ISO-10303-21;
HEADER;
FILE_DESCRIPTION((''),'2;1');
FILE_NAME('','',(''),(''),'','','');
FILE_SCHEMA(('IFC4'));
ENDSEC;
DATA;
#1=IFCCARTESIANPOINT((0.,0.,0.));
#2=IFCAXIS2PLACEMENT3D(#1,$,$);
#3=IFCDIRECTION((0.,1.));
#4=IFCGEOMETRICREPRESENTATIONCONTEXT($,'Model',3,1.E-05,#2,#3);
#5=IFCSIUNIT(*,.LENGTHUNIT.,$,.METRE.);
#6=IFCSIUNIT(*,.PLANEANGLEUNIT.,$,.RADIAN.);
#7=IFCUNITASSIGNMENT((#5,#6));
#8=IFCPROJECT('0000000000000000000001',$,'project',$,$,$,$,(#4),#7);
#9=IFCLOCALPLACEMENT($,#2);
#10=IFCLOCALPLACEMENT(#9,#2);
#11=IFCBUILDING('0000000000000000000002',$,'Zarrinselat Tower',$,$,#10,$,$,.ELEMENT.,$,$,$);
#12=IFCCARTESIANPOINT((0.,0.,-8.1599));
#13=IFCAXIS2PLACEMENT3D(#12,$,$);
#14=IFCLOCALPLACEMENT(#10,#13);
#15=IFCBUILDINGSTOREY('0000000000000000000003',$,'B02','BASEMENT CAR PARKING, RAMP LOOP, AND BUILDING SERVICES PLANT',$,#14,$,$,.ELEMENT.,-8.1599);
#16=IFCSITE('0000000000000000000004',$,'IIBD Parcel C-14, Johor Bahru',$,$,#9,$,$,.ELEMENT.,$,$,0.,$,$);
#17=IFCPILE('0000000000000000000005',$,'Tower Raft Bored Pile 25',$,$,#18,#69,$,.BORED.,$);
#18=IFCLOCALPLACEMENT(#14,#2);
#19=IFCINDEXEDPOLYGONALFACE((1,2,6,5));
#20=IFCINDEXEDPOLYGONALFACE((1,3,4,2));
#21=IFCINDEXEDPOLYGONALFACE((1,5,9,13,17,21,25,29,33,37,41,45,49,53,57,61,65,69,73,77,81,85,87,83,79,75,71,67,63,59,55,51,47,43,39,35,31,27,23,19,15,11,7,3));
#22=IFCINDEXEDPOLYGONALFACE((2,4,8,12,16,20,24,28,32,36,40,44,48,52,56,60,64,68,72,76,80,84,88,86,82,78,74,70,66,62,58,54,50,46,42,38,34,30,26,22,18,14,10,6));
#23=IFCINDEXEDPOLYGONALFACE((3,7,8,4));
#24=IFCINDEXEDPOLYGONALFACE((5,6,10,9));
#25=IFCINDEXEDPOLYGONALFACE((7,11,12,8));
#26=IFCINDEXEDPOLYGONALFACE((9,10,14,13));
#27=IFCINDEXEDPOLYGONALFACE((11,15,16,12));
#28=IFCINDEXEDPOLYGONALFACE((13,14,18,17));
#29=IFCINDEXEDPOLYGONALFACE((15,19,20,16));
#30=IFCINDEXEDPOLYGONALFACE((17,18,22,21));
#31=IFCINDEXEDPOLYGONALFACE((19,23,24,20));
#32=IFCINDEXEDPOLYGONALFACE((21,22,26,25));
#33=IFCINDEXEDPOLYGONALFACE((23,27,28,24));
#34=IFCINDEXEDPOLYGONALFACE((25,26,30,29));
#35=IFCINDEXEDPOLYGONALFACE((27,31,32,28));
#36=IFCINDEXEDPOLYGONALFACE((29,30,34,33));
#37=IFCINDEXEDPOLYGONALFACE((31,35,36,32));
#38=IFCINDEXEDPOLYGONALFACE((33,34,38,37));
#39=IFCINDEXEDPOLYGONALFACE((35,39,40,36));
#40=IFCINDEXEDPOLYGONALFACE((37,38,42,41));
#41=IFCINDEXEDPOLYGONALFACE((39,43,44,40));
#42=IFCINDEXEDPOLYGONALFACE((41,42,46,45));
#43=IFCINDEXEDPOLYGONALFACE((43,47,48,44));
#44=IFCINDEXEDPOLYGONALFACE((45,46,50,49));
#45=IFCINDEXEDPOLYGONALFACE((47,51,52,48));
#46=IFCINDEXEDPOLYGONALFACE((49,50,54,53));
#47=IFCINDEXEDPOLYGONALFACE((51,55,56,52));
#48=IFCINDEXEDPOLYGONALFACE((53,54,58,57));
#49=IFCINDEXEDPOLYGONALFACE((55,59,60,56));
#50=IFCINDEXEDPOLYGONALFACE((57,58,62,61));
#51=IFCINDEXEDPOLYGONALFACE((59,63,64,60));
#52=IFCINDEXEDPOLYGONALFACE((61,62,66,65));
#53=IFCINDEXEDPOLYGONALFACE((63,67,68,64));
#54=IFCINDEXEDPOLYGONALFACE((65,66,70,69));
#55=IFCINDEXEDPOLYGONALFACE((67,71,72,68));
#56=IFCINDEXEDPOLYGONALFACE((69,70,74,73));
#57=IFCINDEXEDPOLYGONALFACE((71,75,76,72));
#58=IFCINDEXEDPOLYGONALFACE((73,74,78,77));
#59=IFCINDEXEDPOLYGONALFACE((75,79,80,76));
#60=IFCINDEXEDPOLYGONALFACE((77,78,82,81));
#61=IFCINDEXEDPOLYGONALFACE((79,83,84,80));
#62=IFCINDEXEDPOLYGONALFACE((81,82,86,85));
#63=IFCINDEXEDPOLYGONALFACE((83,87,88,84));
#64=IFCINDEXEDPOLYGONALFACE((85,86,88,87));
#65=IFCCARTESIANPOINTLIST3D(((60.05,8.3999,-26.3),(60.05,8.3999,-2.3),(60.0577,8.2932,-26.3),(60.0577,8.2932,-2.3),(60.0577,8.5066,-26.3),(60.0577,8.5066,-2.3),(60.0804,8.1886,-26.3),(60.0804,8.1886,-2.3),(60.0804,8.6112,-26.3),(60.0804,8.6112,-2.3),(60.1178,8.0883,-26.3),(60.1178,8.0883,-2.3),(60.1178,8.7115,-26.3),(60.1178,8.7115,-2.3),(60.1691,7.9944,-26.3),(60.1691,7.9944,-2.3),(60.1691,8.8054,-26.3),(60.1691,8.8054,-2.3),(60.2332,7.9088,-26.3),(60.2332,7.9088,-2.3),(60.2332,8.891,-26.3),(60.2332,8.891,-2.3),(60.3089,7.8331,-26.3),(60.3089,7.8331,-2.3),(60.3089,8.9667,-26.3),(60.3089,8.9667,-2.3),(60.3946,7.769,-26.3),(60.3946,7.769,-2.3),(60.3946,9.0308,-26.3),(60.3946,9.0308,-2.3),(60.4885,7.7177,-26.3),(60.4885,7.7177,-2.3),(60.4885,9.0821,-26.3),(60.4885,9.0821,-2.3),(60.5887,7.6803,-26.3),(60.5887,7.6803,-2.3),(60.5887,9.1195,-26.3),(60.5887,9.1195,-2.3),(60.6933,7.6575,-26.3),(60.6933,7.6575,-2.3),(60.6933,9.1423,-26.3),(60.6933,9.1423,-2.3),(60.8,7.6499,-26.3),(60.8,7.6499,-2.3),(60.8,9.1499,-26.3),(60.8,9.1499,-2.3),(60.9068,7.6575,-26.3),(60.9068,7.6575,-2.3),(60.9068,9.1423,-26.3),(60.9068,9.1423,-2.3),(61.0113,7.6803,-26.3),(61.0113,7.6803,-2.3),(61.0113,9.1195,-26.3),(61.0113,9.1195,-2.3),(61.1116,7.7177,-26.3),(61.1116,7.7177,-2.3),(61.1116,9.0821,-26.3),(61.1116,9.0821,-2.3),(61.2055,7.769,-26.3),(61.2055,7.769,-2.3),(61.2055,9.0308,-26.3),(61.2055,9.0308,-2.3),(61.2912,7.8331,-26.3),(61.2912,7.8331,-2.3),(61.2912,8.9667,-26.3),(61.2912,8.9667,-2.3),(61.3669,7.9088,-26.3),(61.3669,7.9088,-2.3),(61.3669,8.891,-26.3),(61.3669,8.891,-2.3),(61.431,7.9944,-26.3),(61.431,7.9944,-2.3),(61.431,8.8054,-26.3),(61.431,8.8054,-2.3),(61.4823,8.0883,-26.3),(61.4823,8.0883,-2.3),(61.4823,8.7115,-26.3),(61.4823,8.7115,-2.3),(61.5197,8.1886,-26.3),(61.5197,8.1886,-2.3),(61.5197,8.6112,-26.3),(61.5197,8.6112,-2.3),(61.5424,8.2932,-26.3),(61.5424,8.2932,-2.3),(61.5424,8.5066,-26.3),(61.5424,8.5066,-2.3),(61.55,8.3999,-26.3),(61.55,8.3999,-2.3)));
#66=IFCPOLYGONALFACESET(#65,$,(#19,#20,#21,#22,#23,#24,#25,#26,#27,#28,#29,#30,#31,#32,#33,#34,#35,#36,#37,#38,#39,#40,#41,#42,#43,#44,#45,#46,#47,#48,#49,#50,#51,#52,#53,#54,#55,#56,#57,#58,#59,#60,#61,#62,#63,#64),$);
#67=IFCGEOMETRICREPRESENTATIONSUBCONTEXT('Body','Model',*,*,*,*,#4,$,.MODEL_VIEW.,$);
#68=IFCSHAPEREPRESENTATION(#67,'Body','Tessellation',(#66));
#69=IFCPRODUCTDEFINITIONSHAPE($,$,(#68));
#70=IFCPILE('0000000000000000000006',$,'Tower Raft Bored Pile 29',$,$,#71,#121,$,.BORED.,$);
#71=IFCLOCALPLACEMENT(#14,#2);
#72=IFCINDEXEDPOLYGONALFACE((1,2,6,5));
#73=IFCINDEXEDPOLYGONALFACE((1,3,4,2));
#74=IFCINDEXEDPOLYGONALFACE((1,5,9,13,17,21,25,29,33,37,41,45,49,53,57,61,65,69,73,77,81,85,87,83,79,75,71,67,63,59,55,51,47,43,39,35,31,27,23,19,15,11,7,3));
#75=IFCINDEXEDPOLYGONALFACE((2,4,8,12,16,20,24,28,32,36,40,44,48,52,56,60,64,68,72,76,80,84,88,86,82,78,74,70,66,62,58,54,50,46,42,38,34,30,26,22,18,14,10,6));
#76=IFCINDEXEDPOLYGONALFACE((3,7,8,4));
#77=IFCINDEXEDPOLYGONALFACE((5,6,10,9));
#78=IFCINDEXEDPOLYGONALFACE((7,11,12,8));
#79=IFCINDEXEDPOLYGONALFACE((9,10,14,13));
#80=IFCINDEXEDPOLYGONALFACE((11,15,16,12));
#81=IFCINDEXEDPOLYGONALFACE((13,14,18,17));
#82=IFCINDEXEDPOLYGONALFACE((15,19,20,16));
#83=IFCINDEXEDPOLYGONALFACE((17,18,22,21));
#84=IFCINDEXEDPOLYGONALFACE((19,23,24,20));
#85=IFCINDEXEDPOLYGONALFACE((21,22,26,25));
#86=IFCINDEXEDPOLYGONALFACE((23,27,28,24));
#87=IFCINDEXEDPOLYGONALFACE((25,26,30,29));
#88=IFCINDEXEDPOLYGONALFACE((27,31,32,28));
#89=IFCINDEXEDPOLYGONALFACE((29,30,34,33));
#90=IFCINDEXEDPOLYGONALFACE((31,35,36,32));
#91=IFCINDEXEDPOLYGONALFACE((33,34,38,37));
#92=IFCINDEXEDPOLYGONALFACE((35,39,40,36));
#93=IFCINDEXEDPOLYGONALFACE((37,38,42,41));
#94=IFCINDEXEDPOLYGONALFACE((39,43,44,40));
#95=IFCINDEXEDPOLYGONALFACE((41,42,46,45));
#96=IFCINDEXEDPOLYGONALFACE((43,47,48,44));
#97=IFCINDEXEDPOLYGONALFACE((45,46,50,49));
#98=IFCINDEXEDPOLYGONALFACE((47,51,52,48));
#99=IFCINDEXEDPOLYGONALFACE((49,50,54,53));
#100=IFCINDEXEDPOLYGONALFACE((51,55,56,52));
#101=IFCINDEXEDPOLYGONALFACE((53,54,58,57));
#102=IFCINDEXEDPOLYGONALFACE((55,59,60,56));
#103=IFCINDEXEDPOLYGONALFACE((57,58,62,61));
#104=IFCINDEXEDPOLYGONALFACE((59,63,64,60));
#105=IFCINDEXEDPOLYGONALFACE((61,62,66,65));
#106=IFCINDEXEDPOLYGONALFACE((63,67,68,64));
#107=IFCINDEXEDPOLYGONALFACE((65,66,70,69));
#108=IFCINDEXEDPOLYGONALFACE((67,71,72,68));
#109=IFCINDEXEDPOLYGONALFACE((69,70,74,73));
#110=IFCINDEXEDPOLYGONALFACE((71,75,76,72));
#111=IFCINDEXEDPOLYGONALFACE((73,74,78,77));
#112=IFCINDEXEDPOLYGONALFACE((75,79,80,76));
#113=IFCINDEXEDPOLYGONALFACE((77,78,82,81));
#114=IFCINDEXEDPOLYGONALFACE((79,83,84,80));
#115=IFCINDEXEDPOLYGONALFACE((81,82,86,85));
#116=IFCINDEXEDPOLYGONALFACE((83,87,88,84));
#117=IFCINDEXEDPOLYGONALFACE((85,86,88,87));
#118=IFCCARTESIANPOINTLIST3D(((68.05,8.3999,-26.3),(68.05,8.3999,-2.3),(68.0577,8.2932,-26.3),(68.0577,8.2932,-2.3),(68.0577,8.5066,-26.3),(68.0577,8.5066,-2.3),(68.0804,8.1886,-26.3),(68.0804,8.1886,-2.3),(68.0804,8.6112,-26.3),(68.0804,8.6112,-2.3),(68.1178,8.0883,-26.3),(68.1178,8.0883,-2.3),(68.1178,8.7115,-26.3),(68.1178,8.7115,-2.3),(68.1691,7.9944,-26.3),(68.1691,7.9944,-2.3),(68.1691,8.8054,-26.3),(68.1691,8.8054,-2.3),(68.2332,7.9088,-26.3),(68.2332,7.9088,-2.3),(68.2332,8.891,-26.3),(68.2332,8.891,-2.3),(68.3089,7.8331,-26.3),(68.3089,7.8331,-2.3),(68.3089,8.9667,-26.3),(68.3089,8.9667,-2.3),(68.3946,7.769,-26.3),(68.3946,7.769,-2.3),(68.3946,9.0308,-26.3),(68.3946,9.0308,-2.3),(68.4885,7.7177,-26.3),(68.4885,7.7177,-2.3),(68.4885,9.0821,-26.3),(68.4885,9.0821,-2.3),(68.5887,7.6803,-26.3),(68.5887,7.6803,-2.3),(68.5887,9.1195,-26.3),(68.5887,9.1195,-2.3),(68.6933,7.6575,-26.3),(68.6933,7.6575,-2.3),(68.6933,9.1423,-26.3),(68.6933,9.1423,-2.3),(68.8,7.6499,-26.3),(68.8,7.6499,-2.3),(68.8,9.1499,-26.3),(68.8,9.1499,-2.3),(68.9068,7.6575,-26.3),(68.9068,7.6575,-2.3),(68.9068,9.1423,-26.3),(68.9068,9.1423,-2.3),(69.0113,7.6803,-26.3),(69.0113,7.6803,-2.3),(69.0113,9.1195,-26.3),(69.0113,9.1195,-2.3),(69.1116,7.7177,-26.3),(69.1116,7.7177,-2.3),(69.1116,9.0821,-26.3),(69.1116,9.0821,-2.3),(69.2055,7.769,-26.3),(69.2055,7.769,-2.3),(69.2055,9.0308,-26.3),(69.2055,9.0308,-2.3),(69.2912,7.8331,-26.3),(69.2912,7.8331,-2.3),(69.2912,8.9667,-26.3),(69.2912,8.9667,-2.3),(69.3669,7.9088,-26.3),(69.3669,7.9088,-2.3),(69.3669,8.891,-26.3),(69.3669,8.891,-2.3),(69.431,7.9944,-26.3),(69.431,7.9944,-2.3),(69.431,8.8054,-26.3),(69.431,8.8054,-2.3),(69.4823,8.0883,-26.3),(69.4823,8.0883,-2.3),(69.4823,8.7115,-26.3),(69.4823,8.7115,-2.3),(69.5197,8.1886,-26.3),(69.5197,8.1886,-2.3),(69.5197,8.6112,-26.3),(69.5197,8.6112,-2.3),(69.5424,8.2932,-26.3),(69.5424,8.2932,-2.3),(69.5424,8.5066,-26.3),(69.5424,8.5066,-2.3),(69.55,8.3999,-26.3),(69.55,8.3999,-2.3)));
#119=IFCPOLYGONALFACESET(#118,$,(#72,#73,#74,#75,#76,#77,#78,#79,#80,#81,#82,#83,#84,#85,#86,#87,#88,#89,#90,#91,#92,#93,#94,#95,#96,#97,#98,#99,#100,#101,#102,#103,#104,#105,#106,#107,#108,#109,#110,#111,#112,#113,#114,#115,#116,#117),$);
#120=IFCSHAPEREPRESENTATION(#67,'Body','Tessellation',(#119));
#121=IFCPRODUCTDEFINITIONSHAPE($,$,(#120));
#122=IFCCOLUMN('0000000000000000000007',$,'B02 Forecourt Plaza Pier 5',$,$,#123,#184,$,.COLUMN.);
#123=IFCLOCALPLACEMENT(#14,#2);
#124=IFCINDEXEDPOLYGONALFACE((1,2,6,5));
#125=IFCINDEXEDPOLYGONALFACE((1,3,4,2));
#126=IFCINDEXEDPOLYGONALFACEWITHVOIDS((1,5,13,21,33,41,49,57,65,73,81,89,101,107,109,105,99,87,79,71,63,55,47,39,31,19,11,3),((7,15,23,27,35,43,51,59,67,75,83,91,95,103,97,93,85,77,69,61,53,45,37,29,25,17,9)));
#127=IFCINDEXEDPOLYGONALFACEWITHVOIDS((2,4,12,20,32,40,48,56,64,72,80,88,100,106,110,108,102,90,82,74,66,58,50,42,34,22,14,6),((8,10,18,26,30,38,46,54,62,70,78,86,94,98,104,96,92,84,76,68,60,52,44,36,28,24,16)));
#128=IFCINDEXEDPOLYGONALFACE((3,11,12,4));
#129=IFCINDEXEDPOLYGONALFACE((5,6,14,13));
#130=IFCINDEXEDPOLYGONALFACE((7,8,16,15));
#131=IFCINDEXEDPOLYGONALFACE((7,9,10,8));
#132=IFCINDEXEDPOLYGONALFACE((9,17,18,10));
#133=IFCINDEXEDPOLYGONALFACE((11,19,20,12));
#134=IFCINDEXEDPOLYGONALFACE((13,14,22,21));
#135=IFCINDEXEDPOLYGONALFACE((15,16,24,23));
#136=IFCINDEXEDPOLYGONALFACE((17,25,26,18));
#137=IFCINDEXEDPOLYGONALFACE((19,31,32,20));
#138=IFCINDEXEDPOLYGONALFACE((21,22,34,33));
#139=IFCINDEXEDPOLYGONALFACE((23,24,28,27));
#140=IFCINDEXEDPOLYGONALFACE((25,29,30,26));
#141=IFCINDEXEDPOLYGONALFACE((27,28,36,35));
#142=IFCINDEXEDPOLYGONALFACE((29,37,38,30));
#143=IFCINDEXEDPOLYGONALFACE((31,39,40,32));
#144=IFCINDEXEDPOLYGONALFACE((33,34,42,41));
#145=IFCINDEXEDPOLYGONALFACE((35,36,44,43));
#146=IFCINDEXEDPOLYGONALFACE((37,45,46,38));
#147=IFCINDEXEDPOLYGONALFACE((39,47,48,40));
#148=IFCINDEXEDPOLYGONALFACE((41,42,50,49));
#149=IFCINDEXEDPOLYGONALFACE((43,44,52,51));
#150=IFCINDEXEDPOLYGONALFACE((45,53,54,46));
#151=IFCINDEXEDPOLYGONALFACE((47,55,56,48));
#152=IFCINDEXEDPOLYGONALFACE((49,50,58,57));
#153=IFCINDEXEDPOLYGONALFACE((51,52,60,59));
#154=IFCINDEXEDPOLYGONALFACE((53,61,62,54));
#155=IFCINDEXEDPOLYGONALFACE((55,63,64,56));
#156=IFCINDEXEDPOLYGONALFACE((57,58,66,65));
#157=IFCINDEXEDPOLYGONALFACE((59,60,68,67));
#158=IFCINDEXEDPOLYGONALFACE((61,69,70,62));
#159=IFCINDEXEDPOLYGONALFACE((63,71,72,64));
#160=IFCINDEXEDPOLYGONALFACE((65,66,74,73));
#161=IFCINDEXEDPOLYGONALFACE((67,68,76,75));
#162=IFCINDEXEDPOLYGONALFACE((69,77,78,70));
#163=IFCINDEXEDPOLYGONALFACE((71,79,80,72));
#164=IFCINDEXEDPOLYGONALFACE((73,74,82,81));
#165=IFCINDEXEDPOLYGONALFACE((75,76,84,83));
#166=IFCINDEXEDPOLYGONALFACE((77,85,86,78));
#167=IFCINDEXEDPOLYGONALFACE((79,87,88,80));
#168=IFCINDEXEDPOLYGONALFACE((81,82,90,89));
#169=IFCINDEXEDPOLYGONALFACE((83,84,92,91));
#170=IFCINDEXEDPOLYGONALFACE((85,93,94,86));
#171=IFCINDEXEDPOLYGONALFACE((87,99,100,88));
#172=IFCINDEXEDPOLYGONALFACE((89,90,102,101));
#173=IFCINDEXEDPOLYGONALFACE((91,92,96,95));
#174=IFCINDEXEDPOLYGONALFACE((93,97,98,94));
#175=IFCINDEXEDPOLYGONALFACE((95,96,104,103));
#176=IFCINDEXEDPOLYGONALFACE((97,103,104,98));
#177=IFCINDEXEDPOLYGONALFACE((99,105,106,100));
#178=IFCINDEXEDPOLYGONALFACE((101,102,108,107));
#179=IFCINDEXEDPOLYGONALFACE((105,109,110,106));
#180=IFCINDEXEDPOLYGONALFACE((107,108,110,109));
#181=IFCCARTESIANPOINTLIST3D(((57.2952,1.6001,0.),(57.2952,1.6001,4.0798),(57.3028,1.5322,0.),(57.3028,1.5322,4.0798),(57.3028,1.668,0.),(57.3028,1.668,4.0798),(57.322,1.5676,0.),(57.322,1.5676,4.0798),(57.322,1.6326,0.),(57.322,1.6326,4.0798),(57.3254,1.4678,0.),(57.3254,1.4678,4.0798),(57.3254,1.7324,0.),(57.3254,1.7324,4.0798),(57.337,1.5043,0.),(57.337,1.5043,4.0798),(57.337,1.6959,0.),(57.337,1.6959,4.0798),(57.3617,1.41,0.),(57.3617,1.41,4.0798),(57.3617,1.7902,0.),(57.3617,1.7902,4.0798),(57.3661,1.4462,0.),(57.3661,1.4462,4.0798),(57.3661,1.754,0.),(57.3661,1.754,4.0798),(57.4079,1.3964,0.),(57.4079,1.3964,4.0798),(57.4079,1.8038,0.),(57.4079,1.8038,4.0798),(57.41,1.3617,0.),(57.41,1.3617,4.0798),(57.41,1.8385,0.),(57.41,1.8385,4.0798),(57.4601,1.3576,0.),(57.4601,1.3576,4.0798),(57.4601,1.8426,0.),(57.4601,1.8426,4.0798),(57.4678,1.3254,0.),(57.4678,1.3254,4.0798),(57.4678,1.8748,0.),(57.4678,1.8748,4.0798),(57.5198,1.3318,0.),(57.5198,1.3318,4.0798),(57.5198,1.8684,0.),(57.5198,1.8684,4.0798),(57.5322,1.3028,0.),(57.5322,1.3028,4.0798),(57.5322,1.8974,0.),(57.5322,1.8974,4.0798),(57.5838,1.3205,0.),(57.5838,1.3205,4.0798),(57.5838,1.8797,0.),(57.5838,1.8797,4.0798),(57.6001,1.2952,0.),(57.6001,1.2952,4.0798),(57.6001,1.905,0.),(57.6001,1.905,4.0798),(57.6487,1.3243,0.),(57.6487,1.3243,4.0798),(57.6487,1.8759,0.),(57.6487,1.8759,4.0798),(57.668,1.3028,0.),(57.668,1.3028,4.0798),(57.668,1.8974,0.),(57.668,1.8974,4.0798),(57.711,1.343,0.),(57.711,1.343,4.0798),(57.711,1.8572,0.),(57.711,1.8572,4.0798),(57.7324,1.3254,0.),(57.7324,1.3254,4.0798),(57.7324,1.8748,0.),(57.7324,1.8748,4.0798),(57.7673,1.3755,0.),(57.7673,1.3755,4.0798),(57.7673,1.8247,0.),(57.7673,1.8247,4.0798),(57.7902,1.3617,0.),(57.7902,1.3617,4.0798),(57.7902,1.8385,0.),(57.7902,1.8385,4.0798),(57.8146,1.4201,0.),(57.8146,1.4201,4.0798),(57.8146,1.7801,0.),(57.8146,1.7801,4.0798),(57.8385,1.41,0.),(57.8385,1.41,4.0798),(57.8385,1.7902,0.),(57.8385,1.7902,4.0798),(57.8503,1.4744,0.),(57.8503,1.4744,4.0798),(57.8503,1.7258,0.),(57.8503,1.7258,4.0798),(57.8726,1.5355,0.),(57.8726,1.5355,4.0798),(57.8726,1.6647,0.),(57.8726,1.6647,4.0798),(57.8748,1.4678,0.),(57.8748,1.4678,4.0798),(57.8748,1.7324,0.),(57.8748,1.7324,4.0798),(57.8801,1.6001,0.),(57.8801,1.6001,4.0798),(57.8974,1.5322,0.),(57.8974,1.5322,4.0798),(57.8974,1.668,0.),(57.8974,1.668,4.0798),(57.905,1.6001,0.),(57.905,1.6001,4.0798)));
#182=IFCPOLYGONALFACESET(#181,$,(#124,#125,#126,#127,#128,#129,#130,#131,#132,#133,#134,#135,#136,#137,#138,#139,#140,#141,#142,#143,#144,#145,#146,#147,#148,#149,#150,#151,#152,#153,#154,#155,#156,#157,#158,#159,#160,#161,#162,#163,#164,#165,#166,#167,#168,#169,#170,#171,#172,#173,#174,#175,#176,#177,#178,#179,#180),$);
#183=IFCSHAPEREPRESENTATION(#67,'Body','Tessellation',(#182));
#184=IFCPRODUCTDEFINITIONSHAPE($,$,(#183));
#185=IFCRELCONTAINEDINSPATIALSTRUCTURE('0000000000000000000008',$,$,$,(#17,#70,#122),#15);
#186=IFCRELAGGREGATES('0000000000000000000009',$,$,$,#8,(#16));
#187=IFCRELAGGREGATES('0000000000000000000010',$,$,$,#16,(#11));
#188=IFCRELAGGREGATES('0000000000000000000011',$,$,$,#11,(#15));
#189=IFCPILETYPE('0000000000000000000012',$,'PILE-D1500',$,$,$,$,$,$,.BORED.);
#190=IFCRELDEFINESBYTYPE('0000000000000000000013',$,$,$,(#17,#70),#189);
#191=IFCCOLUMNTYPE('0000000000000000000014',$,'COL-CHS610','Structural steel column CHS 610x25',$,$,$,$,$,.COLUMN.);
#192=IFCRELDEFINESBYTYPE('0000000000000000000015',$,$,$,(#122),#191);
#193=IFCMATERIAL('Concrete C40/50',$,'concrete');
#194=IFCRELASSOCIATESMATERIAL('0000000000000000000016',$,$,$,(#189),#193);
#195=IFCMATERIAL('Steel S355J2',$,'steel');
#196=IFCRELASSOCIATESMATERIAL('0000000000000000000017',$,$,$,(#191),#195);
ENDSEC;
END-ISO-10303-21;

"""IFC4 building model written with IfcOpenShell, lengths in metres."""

from ifc_helpers import new_model, si_unit, direction, frame, origin, origin_2d, place, context, subcontext, project, spatial, circle, hollow_circle, extrude, material, material_profile, profile_set, type_object, element, save


model = new_model("IFC4")

# Units and contexts
model_context = context("Model", 3, precision=1e-05, world=origin(), true_north=direction((0.0, 1.0)))
body_context = subcontext(model_context, "Body", "Model", "MODEL_VIEW")
ifc_project = project(units=[si_unit("LENGTHUNIT", "METRE"), si_unit("PLANEANGLEUNIT", "RADIAN")], contexts=[model_context])

# Site, building, storey
site_placement = place(None, origin())
site = spatial("IfcSite", under=ifc_project, at=site_placement, Name="IIBD Parcel C-14, Johor Bahru", CompositionType="ELEMENT", RefElevation=0.0)
building_placement = place(site_placement, origin())
building = spatial("IfcBuilding", under=site, at=building_placement, Name="Zarrinselat Tower", CompositionType="ELEMENT")
storey_placement = place(building_placement, frame((0.0, 0.0, -8.1599)))
storey = spatial("IfcBuildingStorey", under=building, at=storey_placement, Name="B02", Description="BASEMENT CAR PARKING, RAMP LOOP, AND BUILDING SERVICES PLANT", CompositionType="ELEMENT", Elevation=-8.1599)

# Piles
ifc_material_1 = material(Name="Concrete C40/50", Category="concrete")
ifc_material_profile_1 = material_profile(ifc_material_1, circle(Radius=0.75, at=origin_2d()), Name="BORED PILE D1500")
ifc_profile_set_1 = profile_set([ifc_material_profile_1], Name="Concrete C40/50")
pile_type_1 = type_object("IfcPileType", Name="PILE-D1500", PredefinedType="BORED", material=ifc_profile_set_1)
for number, where, z_axis, x_axis, name in (
    (1, (60.8, 8.3999, -2.3), (0.0, 0.0, -1.0), (1.0, 0.0, 0.0), "Tower Raft Bored Pile 25"),
    (2, (68.8, 8.3999, -2.3), (0.0, 0.0, -1.0), (1.0, 0.0, 0.0), "Tower Raft Bored Pile 29"),
):
    element("IfcPile", number, at=place(storey_placement, frame(where, z_axis=z_axis, x_axis=x_axis)), inside=storey, type_object=pile_type_1, Name=name, PredefinedType="BORED", context=body_context, shape_type="SweptSolid", body=[
        extrude(circle(Radius=0.75, at=origin_2d()), origin(), (0.0, 0.0, 1.0), 24.0),
    ])

# Column
ifc_material_2 = material(Name="Steel S355J2", Category="steel")
ifc_material_profile_2 = material_profile(ifc_material_2, hollow_circle(Radius=0.3049, WallThickness=0.0249, at=origin_2d()), Name="CHS 610x25")
ifc_profile_set_2 = profile_set([ifc_material_profile_2], Name="Steel S355J2")
column_type_1 = type_object("IfcColumnType", Name="COL-CHS610", Description="Structural steel column CHS 610x25", PredefinedType="COLUMN", material=ifc_profile_set_2)
for number, where, z_axis, x_axis, name in (
    (3, (57.6001, 1.6001, 0.0), (0.0, 0.0, 1.0), (1.0, 0.0, 0.0), "B02 Forecourt Plaza Pier 5"),
):
    element("IfcColumn", number, at=place(storey_placement, frame(where, z_axis=z_axis, x_axis=x_axis)), inside=storey, type_object=column_type_1, Name=name, PredefinedType="COLUMN", context=body_context, shape_type="SweptSolid", body=[
        extrude(hollow_circle(Radius=0.3049, WallThickness=0.0249, at=origin_2d()), origin(), (0.0, 0.0, 1.0), 4.0798),
    ])

save(model, "model.ifc")
